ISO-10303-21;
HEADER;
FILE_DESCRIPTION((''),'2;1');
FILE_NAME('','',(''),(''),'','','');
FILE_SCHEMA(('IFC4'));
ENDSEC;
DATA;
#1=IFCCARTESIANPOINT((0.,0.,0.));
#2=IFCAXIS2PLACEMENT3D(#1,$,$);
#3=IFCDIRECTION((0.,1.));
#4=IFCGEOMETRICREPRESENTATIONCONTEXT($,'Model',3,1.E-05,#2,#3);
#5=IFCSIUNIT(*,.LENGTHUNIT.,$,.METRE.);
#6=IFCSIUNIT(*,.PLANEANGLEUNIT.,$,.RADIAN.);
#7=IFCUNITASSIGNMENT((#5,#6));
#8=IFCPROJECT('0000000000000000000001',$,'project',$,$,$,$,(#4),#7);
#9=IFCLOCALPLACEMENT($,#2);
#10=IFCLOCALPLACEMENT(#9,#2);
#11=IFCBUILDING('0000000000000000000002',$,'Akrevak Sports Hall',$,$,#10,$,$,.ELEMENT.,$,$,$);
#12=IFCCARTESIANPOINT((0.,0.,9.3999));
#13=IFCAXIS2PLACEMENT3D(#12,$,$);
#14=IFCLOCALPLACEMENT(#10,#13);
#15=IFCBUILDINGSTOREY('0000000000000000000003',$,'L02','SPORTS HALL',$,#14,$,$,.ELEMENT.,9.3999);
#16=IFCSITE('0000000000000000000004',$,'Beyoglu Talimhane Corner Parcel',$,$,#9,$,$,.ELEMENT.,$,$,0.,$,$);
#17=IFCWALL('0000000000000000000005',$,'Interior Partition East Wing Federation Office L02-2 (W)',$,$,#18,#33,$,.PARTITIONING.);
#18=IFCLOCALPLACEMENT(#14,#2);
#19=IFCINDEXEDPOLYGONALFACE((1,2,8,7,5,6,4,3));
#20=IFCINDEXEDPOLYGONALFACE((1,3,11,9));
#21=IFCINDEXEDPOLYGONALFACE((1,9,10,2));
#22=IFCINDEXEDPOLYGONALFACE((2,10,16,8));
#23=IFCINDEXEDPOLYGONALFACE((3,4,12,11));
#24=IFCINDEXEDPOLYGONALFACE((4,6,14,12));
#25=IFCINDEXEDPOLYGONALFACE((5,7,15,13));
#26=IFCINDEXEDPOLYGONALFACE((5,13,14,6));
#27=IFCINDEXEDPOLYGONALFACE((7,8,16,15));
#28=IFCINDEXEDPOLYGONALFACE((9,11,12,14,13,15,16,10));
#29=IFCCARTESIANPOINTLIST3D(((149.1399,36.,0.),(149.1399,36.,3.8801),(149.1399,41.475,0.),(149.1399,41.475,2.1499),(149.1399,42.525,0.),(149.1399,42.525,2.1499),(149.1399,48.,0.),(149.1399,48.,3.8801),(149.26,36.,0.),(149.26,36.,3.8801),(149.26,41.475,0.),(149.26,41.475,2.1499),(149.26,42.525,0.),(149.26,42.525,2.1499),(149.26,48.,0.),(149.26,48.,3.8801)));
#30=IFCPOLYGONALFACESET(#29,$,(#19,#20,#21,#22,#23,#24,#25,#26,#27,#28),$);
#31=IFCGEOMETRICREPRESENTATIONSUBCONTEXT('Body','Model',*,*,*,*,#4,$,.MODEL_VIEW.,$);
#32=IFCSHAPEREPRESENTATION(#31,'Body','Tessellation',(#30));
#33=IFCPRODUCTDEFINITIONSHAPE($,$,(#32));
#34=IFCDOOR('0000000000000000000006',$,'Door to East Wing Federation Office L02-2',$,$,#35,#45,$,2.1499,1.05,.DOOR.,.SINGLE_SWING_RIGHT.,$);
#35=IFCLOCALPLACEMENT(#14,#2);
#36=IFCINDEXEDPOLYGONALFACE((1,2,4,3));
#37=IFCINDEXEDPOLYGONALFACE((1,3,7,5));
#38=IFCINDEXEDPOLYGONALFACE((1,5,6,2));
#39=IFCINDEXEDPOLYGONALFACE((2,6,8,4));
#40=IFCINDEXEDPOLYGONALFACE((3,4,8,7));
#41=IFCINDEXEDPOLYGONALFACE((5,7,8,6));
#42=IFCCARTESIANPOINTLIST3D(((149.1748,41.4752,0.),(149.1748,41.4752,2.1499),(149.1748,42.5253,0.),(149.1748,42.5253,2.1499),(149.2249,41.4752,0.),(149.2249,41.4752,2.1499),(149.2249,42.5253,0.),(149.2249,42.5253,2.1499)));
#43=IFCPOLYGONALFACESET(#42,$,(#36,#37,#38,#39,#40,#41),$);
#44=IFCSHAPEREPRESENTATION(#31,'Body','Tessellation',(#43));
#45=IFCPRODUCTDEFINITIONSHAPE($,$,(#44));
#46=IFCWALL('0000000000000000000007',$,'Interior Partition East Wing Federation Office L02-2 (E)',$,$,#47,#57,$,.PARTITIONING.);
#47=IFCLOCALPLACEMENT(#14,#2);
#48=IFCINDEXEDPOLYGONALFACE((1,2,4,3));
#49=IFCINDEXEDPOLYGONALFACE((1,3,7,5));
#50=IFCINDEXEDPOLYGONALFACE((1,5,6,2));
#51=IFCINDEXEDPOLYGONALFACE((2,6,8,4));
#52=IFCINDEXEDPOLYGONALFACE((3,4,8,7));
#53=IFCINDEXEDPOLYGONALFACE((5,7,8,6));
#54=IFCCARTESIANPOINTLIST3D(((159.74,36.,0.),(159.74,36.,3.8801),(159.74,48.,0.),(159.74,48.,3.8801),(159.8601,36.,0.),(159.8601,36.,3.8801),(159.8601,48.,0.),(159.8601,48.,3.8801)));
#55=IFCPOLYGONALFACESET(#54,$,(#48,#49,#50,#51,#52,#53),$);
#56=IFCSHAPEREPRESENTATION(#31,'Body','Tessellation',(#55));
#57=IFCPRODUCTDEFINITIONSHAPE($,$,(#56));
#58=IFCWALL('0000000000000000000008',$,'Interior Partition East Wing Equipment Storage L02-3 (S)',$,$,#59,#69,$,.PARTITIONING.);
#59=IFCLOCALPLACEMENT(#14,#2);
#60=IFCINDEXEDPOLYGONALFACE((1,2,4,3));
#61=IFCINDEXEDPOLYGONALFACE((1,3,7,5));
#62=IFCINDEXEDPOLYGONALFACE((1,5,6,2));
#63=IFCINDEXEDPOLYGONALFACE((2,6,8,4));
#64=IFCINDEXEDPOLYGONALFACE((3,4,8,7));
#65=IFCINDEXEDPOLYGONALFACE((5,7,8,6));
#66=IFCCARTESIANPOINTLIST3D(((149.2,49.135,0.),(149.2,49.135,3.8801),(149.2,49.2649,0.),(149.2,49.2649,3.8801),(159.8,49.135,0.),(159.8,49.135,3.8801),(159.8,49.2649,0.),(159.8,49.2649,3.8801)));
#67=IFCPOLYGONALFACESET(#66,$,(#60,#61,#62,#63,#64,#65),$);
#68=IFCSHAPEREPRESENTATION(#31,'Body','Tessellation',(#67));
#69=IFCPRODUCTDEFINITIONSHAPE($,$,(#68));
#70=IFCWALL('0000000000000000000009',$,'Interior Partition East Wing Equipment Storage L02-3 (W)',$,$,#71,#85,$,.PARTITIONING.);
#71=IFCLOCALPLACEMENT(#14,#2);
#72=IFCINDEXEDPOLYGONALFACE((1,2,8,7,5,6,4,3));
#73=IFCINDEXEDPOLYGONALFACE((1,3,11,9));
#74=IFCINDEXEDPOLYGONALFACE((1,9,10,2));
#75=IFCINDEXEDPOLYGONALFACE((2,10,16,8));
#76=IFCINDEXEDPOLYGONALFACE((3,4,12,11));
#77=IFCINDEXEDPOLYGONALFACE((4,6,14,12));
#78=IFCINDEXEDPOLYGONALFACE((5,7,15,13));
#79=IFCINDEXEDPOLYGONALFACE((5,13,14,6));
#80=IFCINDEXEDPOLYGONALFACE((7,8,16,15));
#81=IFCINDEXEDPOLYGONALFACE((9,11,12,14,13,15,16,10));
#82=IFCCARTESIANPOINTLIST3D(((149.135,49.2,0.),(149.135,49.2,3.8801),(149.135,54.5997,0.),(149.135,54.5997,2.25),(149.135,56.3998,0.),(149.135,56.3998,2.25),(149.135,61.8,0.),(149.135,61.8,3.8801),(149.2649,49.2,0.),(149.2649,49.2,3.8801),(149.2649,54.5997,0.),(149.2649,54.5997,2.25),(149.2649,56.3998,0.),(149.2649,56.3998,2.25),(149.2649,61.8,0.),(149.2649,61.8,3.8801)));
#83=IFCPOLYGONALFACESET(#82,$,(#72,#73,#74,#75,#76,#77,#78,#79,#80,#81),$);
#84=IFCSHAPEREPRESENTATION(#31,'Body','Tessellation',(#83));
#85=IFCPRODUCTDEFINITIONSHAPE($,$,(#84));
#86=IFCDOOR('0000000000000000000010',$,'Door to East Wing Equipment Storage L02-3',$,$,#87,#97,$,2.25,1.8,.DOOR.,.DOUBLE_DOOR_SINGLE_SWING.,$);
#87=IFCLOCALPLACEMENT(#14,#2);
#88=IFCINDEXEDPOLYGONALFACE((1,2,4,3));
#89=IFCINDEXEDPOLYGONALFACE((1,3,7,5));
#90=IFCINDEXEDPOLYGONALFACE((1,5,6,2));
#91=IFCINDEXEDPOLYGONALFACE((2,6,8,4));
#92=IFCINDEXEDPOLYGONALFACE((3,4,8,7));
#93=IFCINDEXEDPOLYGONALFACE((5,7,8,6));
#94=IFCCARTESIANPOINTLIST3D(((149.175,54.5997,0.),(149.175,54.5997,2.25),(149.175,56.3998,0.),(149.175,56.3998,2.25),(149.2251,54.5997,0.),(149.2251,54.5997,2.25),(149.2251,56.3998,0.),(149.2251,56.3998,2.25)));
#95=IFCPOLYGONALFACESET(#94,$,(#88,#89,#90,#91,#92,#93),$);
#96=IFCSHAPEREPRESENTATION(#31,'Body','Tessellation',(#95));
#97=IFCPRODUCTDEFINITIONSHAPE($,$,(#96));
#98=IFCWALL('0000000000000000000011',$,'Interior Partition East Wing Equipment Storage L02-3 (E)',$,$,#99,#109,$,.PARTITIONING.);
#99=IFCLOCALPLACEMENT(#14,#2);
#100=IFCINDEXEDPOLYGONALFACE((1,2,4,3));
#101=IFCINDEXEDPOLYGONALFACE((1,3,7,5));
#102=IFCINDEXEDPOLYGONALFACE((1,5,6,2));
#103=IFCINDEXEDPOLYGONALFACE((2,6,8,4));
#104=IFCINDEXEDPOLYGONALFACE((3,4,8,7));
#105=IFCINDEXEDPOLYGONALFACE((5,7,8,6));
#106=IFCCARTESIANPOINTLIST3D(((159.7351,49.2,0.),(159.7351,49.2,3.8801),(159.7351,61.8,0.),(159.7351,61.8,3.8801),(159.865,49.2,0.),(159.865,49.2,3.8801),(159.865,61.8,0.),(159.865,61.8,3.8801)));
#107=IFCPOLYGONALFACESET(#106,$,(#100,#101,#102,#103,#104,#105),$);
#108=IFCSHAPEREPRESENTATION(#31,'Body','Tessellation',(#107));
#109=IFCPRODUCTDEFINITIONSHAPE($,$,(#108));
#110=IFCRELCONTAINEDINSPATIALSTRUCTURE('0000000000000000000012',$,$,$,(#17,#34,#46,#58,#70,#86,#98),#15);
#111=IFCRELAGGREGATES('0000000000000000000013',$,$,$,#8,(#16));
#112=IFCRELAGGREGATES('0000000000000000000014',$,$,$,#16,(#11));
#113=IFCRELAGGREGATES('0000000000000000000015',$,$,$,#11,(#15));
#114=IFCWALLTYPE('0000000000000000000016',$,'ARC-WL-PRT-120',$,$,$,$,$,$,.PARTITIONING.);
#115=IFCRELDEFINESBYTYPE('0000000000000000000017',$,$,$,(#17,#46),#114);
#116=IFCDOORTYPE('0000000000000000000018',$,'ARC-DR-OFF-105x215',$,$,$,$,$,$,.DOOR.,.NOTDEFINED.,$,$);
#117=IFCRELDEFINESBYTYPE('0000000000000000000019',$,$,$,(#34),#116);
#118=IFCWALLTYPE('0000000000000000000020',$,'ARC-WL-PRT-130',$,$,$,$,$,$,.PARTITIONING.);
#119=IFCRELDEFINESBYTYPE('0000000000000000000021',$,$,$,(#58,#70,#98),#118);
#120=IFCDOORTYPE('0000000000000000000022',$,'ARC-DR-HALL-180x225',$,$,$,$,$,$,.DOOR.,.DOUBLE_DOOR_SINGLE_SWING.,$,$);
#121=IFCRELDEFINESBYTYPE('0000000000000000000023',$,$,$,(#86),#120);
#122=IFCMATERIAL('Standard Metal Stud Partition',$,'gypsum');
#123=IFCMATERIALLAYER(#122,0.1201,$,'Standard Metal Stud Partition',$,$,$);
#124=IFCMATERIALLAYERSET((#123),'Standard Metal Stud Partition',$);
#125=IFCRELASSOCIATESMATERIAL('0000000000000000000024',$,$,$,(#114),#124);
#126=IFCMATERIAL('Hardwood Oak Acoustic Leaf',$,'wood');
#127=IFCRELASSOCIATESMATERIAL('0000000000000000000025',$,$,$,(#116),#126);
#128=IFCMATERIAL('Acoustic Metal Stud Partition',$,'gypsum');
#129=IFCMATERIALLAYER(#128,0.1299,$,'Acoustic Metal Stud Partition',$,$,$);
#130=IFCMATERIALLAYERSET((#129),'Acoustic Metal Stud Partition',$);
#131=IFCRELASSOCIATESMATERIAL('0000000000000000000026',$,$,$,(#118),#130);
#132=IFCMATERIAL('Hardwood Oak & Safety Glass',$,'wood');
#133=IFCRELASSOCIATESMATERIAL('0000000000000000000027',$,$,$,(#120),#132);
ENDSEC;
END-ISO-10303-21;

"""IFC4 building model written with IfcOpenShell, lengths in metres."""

from ifc_helpers import new_model, si_unit, direction, frame, frame_2d, origin, place, context, subcontext, project, spatial, rectangle, extrude, material, layer, layer_set, type_object, element, fill, save


model = new_model("IFC4")

# Units and contexts
model_context = context("Model", 3, precision=1e-05, world=origin(), true_north=direction((0.0, 1.0)))
body_context = subcontext(model_context, "Body", "Model", "MODEL_VIEW")
ifc_project = project(units=[si_unit("LENGTHUNIT", "METRE"), si_unit("PLANEANGLEUNIT", "RADIAN")], contexts=[model_context])

# Site, building, storey
site_placement = place(None, origin())
site = spatial("IfcSite", under=ifc_project, at=site_placement, Name="Beyoglu Talimhane Corner Parcel", CompositionType="ELEMENT", RefElevation=0.0)
building_placement = place(site_placement, origin())
building = spatial("IfcBuilding", under=site, at=building_placement, Name="Akrevak Sports Hall", CompositionType="ELEMENT")
storey_placement = place(building_placement, frame((0.0, 0.0, 9.3999)))
storey = spatial("IfcBuildingStorey", under=building, at=storey_placement, Name="L02", Description="SPORTS HALL", CompositionType="ELEMENT", Elevation=9.3999)

# Shared definitions
ifc_material_1 = material(Name="Standard Metal Stud Partition", Category="gypsum")
ifc_layer_1 = layer(ifc_material_1, 0.1201, Name="Standard Metal Stud Partition")
ifc_layer_set_1 = layer_set([ifc_layer_1], Name="Standard Metal Stud Partition")
wall_type_1 = type_object("IfcWallType", Name="ARC-WL-PRT-120", PredefinedType="PARTITIONING", material=ifc_layer_set_1)

# Wall, opening, door
wall_1_placement = place(storey_placement, frame((149.2, 36.0, 0.0), z_axis=(0.0, 0.0, 1.0), x_axis=(0.0, 1.0, 0.0)))
wall_1 = element("IfcWall", 1, at=wall_1_placement, inside=storey, type_object=wall_type_1, Name="Interior Partition East Wing Federation Office L02-2 (W)", PredefinedType="PARTITIONING", context=body_context, shape_type="SweptSolid", body=[
    extrude(rectangle(XDim=12.0, YDim=0.1201, at=frame_2d((6.0, 0.0))), origin(), (0.0, 0.0, 1.0), 3.8801),
])
opening_1_placement = place(wall_1_placement, frame((5.4751, 0.0, 0.0)))
opening_1 = element("IfcOpeningElement", 2, at=opening_1_placement, cuts=wall_1, PredefinedType="OPENING", context=body_context, shape_type="SweptSolid", body=[
    extrude(rectangle(XDim=1.05, YDim=2.1499, at=frame_2d((0.5249, 1.075))), frame((0.0, 0.072, 0.0), z_axis=(0.0, -1.0, 0.0), x_axis=(1.0, 0.0, 0.0)), (0.0, 0.0, 1.0), 0.144),
])
ifc_material_2 = material(Name="Hardwood Oak Acoustic Leaf", Category="wood")
door_type_1 = type_object("IfcDoorType", Name="ARC-DR-OFF-105x215", OperationType="NOTDEFINED", PredefinedType="DOOR", material=ifc_material_2)
door_1_placement = place(opening_1_placement, frame((1.05, 0.0, 0.0), z_axis=(0.0, 0.0, 1.0), x_axis=(-1.0, 0.0, 0.0)))
door_1 = element("IfcDoor", 3, at=door_1_placement, inside=storey, type_object=door_type_1, Name="Door to East Wing Federation Office L02-2", OperationType="SINGLE_SWING_RIGHT", OverallHeight=2.1499, OverallWidth=1.05, PredefinedType="DOOR", context=body_context, shape_type="SweptSolid", body=[
    extrude(rectangle(XDim=1.05, YDim=2.1499, at=frame_2d((0.5249, 1.075))), frame((0.0, 0.0249, 0.0), z_axis=(0.0, -1.0, 0.0), x_axis=(1.0, 0.0, 0.0)), (0.0, 0.0, 1.0), 0.05),
])
fill(opening_1, door_1)

# Walls
wall_2_placement = place(storey_placement, frame((159.8, 36.0, 0.0), z_axis=(0.0, 0.0, 1.0), x_axis=(0.0, 1.0, 0.0)))
element("IfcWall", 4, at=wall_2_placement, inside=storey, type_object=wall_type_1, Name="Interior Partition East Wing Federation Office L02-2 (E)", PredefinedType="PARTITIONING", context=body_context, shape_type="SweptSolid", body=[
    extrude(rectangle(XDim=12.0, YDim=0.1201, at=frame_2d((6.0, 0.0))), origin(), (0.0, 0.0, 1.0), 3.8801),
])
ifc_material_3 = material(Name="Acoustic Metal Stud Partition", Category="gypsum")
ifc_layer_2 = layer(ifc_material_3, 0.1299, Name="Acoustic Metal Stud Partition")
ifc_layer_set_2 = layer_set([ifc_layer_2], Name="Acoustic Metal Stud Partition")
wall_type_2 = type_object("IfcWallType", Name="ARC-WL-PRT-130", PredefinedType="PARTITIONING", material=ifc_layer_set_2)
wall_3_placement = place(storey_placement, frame((149.2, 49.2, 0.0), z_axis=(0.0, 0.0, 1.0), x_axis=(1.0, 0.0, 0.0)))
element("IfcWall", 5, at=wall_3_placement, inside=storey, type_object=wall_type_2, Name="Interior Partition East Wing Equipment Storage L02-3 (S)", PredefinedType="PARTITIONING", context=body_context, shape_type="SweptSolid", body=[
    extrude(rectangle(XDim=10.6001, YDim=0.1299, at=frame_2d((5.3, 0.0))), origin(), (0.0, 0.0, 1.0), 3.8801),
])

# Wall, opening, door
wall_4_placement = place(storey_placement, frame((149.2, 49.2, 0.0), z_axis=(0.0, 0.0, 1.0), x_axis=(0.0, 1.0, 0.0)))
wall_4 = element("IfcWall", 6, at=wall_4_placement, inside=storey, type_object=wall_type_2, Name="Interior Partition East Wing Equipment Storage L02-3 (W)", PredefinedType="PARTITIONING", context=body_context, shape_type="SweptSolid", body=[
    extrude(rectangle(XDim=12.6001, YDim=0.1299, at=frame_2d((6.3, 0.0))), origin(), (0.0, 0.0, 1.0), 3.8801),
])
opening_2_placement = place(wall_4_placement, frame((5.3999, 0.0, 0.0)))
opening_2 = element("IfcOpeningElement", 7, at=opening_2_placement, cuts=wall_4, PredefinedType="OPENING", context=body_context, shape_type="SweptSolid", body=[
    extrude(rectangle(XDim=1.8, YDim=2.25, at=frame_2d((0.8999, 1.125))), frame((0.0, 0.0769, 0.0), z_axis=(0.0, -1.0, 0.0), x_axis=(1.0, 0.0, 0.0)), (0.0, 0.0, 1.0), 0.1538),
])
ifc_material_4 = material(Name="Hardwood Oak & Safety Glass", Category="wood")
door_type_2 = type_object("IfcDoorType", Name="ARC-DR-HALL-180x225", OperationType="DOUBLE_DOOR_SINGLE_SWING", PredefinedType="DOOR", material=ifc_material_4)
door_2_placement = place(opening_2_placement, origin())
door_2 = element("IfcDoor", 8, at=door_2_placement, inside=storey, type_object=door_type_2, Name="Door to East Wing Equipment Storage L02-3", OperationType="DOUBLE_DOOR_SINGLE_SWING", OverallHeight=2.25, OverallWidth=1.8, PredefinedType="DOOR", context=body_context, shape_type="SweptSolid", body=[
    extrude(rectangle(XDim=1.8, YDim=2.25, at=frame_2d((0.8999, 1.125))), frame((0.0, 0.0249, 0.0), z_axis=(0.0, -1.0, 0.0), x_axis=(1.0, 0.0, 0.0)), (0.0, 0.0, 1.0), 0.05),
])
fill(opening_2, door_2)

# Wall
wall_5_placement = place(storey_placement, frame((159.8, 49.2, 0.0), z_axis=(0.0, 0.0, 1.0), x_axis=(0.0, 1.0, 0.0)))
element("IfcWall", 9, at=wall_5_placement, inside=storey, type_object=wall_type_2, Name="Interior Partition East Wing Equipment Storage L02-3 (E)", PredefinedType="PARTITIONING", context=body_context, shape_type="SweptSolid", body=[
    extrude(rectangle(XDim=12.6001, YDim=0.1299, at=frame_2d((6.3, 0.0))), origin(), (0.0, 0.0, 1.0), 3.8801),
])

save(model, "model.ifc")
